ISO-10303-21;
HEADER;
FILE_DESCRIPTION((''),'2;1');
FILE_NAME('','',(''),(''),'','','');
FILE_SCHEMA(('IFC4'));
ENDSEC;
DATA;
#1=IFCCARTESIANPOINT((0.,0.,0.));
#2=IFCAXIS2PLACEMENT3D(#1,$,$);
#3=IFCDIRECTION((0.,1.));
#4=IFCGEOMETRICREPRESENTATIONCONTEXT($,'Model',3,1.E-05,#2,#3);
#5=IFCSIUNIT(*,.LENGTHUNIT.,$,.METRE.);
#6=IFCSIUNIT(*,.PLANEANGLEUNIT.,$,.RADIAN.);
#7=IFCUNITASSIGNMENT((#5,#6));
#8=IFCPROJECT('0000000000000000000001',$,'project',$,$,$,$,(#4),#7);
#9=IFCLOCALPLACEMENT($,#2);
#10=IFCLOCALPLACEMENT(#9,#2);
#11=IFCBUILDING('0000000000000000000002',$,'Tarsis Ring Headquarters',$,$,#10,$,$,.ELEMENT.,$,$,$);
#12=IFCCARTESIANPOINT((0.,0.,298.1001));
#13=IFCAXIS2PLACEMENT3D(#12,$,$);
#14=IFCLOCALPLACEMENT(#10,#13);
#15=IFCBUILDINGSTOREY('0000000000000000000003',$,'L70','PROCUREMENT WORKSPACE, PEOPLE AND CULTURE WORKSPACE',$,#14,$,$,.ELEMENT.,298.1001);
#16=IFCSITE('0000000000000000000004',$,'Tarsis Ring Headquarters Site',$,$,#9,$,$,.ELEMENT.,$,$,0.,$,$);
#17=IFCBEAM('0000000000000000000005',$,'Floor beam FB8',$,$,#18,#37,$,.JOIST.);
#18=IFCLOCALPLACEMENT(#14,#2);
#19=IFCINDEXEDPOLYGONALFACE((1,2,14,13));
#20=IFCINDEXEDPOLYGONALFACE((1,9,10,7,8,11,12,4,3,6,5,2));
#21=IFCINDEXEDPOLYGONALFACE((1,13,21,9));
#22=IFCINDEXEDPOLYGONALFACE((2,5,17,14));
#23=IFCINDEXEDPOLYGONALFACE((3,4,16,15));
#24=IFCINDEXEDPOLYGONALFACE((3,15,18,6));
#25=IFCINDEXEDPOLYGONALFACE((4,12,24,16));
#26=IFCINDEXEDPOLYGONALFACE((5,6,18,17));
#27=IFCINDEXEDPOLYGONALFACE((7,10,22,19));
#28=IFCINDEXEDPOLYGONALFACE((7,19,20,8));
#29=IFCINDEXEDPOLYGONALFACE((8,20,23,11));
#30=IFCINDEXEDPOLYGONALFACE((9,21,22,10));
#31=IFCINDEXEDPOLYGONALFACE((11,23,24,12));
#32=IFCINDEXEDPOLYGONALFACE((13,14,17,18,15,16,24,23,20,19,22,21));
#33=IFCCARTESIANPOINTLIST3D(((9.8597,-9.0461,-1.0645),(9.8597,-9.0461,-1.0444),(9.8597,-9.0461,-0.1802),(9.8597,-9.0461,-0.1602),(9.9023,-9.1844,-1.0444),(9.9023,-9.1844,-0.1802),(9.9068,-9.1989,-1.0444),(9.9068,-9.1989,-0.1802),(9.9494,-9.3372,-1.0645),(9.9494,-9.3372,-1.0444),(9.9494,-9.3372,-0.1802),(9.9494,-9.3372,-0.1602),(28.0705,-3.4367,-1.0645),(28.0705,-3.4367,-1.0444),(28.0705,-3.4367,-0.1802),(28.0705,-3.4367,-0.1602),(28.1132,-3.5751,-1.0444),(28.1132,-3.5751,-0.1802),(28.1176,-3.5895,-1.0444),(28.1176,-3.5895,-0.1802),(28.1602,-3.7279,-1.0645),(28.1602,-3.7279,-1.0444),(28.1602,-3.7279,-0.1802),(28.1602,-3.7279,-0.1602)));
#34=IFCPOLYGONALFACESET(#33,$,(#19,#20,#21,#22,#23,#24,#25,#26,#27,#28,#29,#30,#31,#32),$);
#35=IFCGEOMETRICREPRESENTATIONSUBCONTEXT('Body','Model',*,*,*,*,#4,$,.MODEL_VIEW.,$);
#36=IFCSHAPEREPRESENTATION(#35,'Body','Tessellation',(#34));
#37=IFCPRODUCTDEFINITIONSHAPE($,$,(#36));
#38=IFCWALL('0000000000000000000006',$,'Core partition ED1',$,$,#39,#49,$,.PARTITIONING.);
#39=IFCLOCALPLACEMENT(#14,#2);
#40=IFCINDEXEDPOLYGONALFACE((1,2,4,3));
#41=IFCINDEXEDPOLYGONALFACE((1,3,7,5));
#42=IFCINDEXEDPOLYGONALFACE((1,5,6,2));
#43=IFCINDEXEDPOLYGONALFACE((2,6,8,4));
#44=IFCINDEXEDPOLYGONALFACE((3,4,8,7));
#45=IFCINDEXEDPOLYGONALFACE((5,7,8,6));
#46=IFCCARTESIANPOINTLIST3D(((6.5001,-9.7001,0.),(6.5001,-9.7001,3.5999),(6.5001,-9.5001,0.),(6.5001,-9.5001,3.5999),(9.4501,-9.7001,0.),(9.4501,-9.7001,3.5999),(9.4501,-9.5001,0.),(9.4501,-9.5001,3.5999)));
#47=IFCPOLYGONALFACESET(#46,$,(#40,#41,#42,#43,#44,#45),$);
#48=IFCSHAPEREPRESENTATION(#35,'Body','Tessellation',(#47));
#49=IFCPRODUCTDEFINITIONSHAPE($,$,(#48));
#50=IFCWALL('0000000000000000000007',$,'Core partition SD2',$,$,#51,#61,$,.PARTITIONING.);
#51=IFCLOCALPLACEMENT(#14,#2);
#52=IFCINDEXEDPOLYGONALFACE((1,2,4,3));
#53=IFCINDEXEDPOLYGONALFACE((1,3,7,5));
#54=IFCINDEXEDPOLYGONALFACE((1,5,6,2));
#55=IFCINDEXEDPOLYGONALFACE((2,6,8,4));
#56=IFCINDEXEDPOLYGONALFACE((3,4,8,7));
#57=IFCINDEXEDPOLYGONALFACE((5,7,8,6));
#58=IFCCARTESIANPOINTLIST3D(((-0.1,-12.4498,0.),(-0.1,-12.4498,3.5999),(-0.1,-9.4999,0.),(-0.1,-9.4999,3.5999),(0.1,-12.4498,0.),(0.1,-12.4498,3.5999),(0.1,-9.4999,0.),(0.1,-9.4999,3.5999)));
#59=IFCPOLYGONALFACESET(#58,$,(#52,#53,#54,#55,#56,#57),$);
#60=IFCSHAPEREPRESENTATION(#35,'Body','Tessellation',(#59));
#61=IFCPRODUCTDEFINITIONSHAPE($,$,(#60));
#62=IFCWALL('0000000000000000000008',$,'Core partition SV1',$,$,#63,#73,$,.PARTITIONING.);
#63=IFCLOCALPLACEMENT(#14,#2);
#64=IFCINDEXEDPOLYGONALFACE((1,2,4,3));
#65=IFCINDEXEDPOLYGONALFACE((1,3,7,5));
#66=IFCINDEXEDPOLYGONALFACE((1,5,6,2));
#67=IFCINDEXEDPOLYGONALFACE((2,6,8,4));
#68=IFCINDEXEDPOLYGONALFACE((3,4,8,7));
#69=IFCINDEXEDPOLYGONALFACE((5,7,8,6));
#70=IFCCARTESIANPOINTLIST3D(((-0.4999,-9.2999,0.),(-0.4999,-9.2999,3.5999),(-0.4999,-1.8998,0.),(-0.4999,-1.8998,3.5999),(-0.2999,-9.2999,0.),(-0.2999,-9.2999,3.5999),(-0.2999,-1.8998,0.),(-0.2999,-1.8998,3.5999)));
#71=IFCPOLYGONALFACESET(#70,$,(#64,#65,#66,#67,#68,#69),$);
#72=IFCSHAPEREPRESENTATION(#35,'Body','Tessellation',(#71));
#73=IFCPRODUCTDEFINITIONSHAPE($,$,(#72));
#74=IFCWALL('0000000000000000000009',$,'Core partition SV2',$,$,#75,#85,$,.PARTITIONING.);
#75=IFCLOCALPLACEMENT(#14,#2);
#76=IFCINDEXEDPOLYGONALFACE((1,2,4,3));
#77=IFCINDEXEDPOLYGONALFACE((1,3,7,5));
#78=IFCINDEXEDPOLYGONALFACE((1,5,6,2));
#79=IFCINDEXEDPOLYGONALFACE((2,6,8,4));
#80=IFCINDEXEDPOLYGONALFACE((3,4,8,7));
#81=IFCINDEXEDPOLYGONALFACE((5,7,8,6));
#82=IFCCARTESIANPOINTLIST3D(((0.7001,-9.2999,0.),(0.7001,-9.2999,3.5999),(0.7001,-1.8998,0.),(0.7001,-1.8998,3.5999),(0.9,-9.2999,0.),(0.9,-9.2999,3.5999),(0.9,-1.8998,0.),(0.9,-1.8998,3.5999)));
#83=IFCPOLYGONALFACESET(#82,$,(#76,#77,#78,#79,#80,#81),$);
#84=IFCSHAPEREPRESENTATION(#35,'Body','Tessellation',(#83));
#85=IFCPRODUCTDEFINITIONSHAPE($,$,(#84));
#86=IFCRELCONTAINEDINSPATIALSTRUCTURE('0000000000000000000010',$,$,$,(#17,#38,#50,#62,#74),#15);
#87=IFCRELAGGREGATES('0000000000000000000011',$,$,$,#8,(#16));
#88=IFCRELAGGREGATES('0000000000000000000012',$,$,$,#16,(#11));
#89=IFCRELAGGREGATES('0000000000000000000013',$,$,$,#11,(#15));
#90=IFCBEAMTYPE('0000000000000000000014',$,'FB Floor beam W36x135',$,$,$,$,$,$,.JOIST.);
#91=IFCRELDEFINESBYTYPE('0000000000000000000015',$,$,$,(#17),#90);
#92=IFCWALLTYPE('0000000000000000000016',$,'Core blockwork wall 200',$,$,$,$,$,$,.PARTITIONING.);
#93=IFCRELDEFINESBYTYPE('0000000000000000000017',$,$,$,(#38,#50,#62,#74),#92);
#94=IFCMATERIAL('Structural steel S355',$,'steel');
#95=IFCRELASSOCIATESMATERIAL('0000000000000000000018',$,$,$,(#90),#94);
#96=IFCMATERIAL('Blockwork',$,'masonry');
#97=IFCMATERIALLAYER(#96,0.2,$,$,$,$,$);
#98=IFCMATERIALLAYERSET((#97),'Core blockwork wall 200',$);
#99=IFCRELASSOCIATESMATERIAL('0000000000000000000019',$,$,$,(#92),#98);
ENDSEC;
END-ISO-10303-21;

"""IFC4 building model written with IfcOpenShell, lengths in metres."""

from ifc_helpers import new_model, si_unit, direction, frame, frame_2d, origin, origin_2d, place, context, subcontext, project, spatial, rectangle, i_section, extrude, material, layer, layer_set, material_profile, profile_set, type_object, element, save


model = new_model("IFC4")

# Units and contexts
model_context = context("Model", 3, precision=1e-05, world=origin(), true_north=direction((0.0, 1.0)))
body_context = subcontext(model_context, "Body", "Model", "MODEL_VIEW")
ifc_project = project(units=[si_unit("LENGTHUNIT", "METRE"), si_unit("PLANEANGLEUNIT", "RADIAN")], contexts=[model_context])

# Site, building, storey
site_placement = place(None, origin())
site = spatial("IfcSite", under=ifc_project, at=site_placement, Name="Tarsis Ring Headquarters Site", CompositionType="ELEMENT", RefElevation=0.0)
building_placement = place(site_placement, origin())
building = spatial("IfcBuilding", under=site, at=building_placement, Name="Tarsis Ring Headquarters", CompositionType="ELEMENT")
storey_placement = place(building_placement, frame((0.0, 0.0, 298.1001)))
storey = spatial("IfcBuildingStorey", under=building, at=storey_placement, Name="L70", Description="PROCUREMENT WORKSPACE, PEOPLE AND CULTURE WORKSPACE", CompositionType="ELEMENT", Elevation=298.1001)

# Beam
ifc_material_1 = material(Name="Structural steel S355", Category="steel")
ifc_material_profile = material_profile(ifc_material_1, i_section(OverallWidth=0.3047, OverallDepth=0.9043, WebThickness=0.0151, FlangeThickness=0.02, at=origin_2d()), Name="W36x135")
ifc_profile_set = profile_set([ifc_material_profile], Name="Structural steel S355")
beam_type = type_object("IfcBeamType", Name="FB Floor beam W36x135", PredefinedType="JOIST", material=ifc_profile_set)
beam_placement = place(storey_placement, frame((9.9045, -9.1917, -0.6123), z_axis=(0.95569, 0.294374, 0.0), x_axis=(-0.294374, 0.95569, 0.0)))
element("IfcBeam", 1, at=beam_placement, inside=storey, type_object=beam_type, Name="Floor beam FB8", PredefinedType="JOIST", context=body_context, shape_type="SweptSolid", body=[
    extrude(i_section(OverallWidth=0.3047, OverallDepth=0.9043, WebThickness=0.0151, FlangeThickness=0.02, at=origin_2d()), origin(), (0.0, 0.0, 1.0), 19.0552),
])

# Walls
ifc_material_2 = material(Name="Blockwork", Category="masonry")
ifc_layer_1 = layer(ifc_material_2, 0.2)
ifc_layer_set_1 = layer_set([ifc_layer_1], Name="Core blockwork wall 200")
wall_type_1 = type_object("IfcWallType", Name="Core blockwork wall 200", PredefinedType="PARTITIONING", material=ifc_layer_set_1)
for number, where, z_axis, x_axis, name in (
    (2, (6.5, -9.6001, 0.0), (0.0, 0.0, 1.0), (1.0, 0.0, 0.0), "Core partition ED1"),
    (3, (0.0, -12.45, 0.0), (0.0, 0.0, 1.0), (0.0, 1.0, 0.0), "Core partition SD2"),
):
    element("IfcWall", number, at=place(storey_placement, frame(where, z_axis=z_axis, x_axis=x_axis)), inside=storey, type_object=wall_type_1, Name=name, PredefinedType="PARTITIONING", context=body_context, shape_type="SweptSolid", body=[
        extrude(rectangle(XDim=2.95, YDim=0.2, at=frame_2d((1.4751, 0.0))), origin(), (0.0, 0.0, 1.0), 3.5999),
    ])
for number, where, z_axis, x_axis, name in (
    (4, (-0.3999, -9.3, 0.0), (0.0, 0.0, 1.0), (0.0, 1.0, 0.0), "Core partition SV1"),
    (5, (0.8, -9.3, 0.0), (0.0, 0.0, 1.0), (0.0, 1.0, 0.0), "Core partition SV2"),
):
    element("IfcWall", number, at=place(storey_placement, frame(where, z_axis=z_axis, x_axis=x_axis)), inside=storey, type_object=wall_type_1, Name=name, PredefinedType="PARTITIONING", context=body_context, shape_type="SweptSolid", body=[
        extrude(rectangle(XDim=7.4001, YDim=0.2, at=frame_2d((3.7002, 0.0))), origin(), (0.0, 0.0, 1.0), 3.5999),
    ])

save(model, "model.ifc")
